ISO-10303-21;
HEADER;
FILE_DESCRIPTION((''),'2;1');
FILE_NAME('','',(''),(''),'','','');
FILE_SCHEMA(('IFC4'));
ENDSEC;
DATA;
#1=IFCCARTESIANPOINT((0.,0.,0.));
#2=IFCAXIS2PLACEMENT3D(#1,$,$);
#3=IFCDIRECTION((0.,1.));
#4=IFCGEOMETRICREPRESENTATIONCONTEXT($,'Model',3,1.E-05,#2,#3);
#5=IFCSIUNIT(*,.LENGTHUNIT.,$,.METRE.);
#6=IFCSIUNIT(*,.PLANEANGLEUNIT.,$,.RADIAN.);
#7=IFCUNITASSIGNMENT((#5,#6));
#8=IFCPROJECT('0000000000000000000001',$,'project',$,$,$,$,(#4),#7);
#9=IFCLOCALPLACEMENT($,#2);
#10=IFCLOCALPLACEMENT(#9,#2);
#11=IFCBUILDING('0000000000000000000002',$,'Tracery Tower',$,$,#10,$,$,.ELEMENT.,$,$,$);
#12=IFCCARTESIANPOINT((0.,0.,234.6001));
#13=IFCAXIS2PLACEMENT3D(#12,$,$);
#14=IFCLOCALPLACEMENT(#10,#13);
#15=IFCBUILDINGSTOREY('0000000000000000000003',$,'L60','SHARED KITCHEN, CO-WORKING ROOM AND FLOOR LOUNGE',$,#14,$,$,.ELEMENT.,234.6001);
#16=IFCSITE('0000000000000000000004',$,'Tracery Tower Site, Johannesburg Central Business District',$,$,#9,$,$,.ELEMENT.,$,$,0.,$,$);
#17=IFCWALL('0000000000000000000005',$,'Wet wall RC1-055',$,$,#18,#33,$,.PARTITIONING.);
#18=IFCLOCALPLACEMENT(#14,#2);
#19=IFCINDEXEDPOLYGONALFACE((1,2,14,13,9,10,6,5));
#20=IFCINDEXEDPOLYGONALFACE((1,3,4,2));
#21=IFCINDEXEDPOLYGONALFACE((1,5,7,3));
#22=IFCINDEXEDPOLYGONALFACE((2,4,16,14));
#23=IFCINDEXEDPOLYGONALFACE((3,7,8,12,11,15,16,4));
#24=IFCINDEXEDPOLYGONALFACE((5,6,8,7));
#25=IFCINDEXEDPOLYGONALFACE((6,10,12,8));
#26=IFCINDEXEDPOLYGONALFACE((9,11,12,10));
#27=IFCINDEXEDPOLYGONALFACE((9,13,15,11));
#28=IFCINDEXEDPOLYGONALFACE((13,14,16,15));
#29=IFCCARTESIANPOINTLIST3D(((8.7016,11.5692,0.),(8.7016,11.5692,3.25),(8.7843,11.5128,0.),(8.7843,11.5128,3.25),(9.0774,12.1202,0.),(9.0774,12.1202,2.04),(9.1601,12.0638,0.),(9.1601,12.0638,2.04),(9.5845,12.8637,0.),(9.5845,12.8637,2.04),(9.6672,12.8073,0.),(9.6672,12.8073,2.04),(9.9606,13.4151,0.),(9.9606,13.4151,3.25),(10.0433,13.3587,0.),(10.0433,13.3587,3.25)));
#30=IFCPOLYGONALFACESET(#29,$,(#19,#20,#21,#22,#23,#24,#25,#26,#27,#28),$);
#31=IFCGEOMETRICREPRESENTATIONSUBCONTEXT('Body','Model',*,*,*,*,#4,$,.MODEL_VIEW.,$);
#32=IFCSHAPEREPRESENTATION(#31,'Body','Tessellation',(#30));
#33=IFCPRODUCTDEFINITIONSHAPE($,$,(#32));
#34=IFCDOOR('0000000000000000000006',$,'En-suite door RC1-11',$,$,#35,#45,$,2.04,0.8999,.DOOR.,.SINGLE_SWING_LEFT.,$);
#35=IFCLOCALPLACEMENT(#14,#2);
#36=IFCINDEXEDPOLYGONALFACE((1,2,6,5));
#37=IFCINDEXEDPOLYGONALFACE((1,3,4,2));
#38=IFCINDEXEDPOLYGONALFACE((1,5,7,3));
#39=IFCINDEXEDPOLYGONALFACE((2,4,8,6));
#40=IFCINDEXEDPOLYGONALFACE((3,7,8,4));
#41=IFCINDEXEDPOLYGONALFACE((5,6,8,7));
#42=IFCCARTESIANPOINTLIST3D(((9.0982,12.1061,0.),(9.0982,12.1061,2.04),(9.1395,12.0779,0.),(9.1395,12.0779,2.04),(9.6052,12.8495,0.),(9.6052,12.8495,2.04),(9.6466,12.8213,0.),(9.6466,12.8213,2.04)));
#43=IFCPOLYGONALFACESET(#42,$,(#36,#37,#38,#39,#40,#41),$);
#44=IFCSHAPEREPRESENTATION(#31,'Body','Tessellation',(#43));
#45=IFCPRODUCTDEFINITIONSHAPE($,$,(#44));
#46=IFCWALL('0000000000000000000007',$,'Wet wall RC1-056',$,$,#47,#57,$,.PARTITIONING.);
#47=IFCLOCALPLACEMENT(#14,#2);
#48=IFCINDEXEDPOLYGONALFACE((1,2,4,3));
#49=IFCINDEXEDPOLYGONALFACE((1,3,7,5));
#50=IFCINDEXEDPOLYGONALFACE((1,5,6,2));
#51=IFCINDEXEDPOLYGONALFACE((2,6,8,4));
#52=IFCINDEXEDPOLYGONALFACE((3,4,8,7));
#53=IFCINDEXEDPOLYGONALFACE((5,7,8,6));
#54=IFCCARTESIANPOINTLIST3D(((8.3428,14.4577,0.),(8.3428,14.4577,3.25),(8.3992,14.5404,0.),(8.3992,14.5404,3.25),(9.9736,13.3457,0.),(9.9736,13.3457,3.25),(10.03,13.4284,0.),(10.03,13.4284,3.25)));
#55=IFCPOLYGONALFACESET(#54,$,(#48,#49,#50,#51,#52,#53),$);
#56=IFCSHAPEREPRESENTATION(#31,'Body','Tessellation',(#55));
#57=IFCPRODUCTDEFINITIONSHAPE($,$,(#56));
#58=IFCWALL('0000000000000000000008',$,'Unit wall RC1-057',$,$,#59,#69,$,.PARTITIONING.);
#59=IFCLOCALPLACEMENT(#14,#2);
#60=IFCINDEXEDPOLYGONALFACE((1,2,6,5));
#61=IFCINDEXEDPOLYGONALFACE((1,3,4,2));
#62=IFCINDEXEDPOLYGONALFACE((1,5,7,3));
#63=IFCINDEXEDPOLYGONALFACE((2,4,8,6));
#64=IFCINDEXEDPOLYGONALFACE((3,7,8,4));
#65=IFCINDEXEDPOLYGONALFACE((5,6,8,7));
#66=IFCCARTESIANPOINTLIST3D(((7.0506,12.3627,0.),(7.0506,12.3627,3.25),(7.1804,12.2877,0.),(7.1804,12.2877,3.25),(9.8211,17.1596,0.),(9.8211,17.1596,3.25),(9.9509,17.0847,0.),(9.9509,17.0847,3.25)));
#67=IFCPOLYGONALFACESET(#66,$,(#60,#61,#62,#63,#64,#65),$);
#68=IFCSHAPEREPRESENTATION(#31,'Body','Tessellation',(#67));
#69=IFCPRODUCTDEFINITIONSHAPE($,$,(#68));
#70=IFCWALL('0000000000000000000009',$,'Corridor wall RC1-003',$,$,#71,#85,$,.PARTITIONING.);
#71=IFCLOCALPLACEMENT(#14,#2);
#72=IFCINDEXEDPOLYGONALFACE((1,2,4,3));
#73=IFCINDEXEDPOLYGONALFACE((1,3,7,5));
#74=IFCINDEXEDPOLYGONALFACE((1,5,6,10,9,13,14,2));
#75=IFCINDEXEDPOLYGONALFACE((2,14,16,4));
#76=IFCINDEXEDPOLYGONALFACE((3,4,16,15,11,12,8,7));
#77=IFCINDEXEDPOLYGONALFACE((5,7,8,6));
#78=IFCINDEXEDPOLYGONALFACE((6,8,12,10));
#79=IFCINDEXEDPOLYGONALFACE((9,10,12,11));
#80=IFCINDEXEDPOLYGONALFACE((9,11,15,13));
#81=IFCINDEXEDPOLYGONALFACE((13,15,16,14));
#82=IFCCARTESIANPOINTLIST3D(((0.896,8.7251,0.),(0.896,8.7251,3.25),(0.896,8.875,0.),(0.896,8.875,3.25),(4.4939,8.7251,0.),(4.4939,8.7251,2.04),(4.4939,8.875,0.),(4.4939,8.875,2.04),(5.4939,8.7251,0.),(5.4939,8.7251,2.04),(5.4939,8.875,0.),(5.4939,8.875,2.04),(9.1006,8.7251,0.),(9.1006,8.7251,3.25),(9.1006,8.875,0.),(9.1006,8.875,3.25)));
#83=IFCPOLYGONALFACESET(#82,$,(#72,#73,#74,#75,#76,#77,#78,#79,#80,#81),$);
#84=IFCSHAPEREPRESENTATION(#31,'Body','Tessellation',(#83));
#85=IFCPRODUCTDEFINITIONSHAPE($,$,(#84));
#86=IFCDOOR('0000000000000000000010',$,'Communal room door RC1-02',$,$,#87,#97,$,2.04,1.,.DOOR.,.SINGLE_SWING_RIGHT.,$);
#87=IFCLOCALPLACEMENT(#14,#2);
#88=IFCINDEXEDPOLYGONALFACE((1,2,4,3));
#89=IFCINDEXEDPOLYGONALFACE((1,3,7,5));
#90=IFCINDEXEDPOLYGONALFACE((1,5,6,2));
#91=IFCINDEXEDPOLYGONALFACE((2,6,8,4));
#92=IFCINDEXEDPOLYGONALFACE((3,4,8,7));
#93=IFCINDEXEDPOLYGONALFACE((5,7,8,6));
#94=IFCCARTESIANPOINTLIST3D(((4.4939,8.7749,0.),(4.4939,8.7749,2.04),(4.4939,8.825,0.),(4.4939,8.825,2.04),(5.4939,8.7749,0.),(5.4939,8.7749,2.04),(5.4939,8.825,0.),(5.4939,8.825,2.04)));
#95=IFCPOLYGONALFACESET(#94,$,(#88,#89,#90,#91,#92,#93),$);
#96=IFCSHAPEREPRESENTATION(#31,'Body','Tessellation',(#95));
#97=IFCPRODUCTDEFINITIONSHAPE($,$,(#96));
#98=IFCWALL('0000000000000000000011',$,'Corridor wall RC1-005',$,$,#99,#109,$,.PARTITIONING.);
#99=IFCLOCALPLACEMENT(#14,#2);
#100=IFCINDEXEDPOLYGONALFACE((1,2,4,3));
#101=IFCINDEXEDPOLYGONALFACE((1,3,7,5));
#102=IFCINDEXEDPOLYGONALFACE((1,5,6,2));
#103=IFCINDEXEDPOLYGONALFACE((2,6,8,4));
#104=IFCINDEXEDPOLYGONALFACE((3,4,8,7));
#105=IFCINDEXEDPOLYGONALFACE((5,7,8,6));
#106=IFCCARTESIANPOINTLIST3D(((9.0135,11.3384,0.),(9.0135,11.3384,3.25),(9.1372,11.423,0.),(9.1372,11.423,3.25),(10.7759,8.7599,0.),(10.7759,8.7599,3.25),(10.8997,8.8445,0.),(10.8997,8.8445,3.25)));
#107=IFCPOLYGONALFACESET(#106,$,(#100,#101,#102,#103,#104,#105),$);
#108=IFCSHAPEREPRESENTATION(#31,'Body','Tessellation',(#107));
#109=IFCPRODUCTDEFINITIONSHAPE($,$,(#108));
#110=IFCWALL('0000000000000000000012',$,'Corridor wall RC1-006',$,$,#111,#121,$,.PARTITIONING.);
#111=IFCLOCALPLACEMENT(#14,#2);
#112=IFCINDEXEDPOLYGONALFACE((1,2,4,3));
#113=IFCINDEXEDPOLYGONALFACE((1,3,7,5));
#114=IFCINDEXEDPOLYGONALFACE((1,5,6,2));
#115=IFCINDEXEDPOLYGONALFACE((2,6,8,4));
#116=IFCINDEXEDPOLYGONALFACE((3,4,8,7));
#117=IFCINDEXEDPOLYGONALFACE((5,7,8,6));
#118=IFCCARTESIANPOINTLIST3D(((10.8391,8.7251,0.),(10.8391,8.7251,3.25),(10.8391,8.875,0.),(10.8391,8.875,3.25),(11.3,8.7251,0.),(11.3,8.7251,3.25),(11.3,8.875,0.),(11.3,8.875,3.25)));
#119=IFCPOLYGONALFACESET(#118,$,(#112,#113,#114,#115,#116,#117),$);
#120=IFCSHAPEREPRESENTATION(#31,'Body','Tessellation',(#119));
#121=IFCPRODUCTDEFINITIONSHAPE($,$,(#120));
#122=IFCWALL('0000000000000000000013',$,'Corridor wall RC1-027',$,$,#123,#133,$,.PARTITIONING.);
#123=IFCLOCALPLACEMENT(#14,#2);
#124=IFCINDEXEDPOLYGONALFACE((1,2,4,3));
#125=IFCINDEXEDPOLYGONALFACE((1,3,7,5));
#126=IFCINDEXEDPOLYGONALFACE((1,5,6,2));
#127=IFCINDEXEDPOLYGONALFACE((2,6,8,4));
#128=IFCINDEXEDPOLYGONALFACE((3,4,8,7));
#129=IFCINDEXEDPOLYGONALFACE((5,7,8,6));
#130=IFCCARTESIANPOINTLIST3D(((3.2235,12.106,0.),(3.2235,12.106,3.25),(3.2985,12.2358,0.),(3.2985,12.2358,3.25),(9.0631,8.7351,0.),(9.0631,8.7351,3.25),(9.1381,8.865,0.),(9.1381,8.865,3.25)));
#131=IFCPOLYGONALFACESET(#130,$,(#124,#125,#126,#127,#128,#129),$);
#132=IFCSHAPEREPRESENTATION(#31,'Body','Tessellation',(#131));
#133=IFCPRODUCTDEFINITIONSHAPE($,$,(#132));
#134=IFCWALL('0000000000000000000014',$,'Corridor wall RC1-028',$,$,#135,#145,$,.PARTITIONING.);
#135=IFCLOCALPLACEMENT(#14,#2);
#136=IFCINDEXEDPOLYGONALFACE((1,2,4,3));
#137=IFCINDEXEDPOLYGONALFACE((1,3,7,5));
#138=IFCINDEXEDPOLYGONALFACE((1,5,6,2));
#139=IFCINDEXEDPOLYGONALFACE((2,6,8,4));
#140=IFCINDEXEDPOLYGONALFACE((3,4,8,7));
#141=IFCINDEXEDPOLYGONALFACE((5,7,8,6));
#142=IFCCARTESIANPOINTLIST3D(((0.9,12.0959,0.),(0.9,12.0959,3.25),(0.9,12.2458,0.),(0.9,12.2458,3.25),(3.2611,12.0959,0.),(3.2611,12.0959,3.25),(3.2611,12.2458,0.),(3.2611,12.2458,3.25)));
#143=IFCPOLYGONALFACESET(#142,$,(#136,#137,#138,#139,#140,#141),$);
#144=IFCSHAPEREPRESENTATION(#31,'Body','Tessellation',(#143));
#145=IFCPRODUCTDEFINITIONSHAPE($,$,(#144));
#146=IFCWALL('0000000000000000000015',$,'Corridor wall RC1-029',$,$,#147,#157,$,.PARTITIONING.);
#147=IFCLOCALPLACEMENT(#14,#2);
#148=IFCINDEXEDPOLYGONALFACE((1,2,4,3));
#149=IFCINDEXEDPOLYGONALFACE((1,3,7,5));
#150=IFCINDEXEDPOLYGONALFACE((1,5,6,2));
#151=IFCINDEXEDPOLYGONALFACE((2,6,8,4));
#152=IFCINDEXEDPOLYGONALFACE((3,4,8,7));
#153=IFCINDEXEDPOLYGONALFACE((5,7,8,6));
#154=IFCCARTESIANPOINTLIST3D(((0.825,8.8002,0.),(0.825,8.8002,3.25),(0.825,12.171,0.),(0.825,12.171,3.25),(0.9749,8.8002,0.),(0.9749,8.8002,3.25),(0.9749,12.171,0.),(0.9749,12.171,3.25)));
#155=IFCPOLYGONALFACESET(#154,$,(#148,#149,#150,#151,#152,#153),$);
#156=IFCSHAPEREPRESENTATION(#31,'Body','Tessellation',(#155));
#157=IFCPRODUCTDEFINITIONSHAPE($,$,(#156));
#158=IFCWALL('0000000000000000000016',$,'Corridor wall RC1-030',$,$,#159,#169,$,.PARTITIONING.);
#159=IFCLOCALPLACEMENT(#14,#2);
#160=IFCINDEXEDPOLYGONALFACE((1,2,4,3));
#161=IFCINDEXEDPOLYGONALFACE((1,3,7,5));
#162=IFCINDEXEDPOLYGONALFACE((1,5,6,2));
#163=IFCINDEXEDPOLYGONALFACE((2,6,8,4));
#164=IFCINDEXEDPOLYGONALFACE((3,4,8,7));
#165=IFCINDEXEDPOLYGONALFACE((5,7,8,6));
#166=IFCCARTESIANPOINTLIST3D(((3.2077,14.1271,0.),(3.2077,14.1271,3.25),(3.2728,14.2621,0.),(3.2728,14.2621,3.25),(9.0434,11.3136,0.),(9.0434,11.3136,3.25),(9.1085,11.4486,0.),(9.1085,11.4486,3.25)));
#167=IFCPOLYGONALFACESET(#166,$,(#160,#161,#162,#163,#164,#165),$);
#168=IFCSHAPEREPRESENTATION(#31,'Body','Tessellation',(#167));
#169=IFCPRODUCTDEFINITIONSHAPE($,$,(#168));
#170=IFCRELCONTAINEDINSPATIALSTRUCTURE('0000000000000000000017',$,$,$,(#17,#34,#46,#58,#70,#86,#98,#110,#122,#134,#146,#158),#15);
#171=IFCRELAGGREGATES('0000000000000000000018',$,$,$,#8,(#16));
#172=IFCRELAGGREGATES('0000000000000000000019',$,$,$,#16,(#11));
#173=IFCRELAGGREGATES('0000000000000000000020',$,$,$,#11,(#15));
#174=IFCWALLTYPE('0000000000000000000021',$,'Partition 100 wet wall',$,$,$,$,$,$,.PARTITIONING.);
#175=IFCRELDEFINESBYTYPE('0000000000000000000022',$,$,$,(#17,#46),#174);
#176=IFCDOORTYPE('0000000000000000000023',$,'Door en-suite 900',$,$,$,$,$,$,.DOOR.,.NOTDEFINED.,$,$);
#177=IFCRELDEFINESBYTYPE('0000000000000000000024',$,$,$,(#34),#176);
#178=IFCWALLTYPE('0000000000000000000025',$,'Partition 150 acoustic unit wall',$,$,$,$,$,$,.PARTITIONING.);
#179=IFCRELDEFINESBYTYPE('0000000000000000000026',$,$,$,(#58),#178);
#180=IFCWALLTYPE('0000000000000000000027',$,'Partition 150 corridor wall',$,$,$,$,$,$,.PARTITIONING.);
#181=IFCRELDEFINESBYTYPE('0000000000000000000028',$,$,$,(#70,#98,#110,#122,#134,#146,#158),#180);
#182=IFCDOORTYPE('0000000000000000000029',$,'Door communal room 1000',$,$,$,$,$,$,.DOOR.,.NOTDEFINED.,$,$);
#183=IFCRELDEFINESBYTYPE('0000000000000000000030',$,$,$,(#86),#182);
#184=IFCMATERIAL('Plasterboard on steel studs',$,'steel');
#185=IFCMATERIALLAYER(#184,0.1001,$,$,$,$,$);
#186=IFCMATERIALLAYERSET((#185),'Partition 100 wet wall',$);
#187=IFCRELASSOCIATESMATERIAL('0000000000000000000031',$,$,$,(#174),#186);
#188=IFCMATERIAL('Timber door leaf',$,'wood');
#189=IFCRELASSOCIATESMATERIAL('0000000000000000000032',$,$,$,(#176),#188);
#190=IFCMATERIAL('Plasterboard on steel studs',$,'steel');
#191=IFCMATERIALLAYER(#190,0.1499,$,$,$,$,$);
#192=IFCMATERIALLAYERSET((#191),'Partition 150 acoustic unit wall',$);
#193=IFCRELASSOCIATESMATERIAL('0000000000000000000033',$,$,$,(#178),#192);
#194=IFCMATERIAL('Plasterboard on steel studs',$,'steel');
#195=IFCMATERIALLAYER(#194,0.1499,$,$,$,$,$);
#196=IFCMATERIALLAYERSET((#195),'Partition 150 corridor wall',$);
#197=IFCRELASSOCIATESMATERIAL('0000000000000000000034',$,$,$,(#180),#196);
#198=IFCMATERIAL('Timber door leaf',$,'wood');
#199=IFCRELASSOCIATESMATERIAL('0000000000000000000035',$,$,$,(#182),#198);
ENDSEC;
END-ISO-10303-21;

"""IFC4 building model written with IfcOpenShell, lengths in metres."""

from ifc_helpers import new_model, si_unit, direction, frame, frame_2d, origin, place, context, subcontext, project, spatial, rectangle, extrude, material, layer, layer_set, type_object, element, fill, save


model = new_model("IFC4")

# Units and contexts
model_context = context("Model", 3, precision=1e-05, world=origin(), true_north=direction((0.0, 1.0)))
body_context = subcontext(model_context, "Body", "Model", "MODEL_VIEW")
ifc_project = project(units=[si_unit("LENGTHUNIT", "METRE"), si_unit("PLANEANGLEUNIT", "RADIAN")], contexts=[model_context])

# Site, building, storey
site_placement = place(None, origin())
site = spatial("IfcSite", under=ifc_project, at=site_placement, Name="Tracery Tower Site, Johannesburg Central Business District", CompositionType="ELEMENT", RefElevation=0.0)
building_placement = place(site_placement, origin())
building = spatial("IfcBuilding", under=site, at=building_placement, Name="Tracery Tower", CompositionType="ELEMENT")
storey_placement = place(building_placement, frame((0.0, 0.0, 234.6001)))
storey = spatial("IfcBuildingStorey", under=building, at=storey_placement, Name="L60", Description="SHARED KITCHEN, CO-WORKING ROOM AND FLOOR LOUNGE", CompositionType="ELEMENT", Elevation=234.6001)

# Wall, opening, door
ifc_material_1 = material(Name="Plasterboard on steel studs", Category="steel")
ifc_layer_1 = layer(ifc_material_1, 0.1001)
ifc_layer_set_1 = layer_set([ifc_layer_1], Name="Partition 100 wet wall")
wall_type_1 = type_object("IfcWallType", Name="Partition 100 wet wall", PredefinedType="PARTITIONING", material=ifc_layer_set_1)
wall_1_placement = place(storey_placement, frame((8.7429, 11.541, 0.0), z_axis=(0.0, 0.0, 1.0), x_axis=(0.563469, 0.826137, 0.0)))
wall_1 = element("IfcWall", 1, at=wall_1_placement, inside=storey, type_object=wall_type_1, Name="Wet wall RC1-055", PredefinedType="PARTITIONING", context=body_context, shape_type="SweptSolid", body=[
    extrude(rectangle(XDim=2.2344, YDim=0.1001, at=frame_2d((1.1172, 0.0))), origin(), (0.0, 0.0, 1.0), 3.25),
])
opening_1_placement = place(wall_1_placement, frame((0.667, 0.0, 0.0)))
opening_1 = element("IfcOpeningElement", 2, at=opening_1_placement, cuts=wall_1, PredefinedType="OPENING", context=body_context, shape_type="SweptSolid", body=[
    extrude(rectangle(XDim=0.8999, YDim=2.04, at=frame_2d((0.45, 1.02))), frame((0.0, 0.05, 0.0), z_axis=(0.0, -1.0, 0.0), x_axis=(1.0, 0.0, 0.0)), (0.0, 0.0, 1.0), 0.1001),
])
ifc_material_2 = material(Name="Timber door leaf", Category="wood")
door_type_1 = type_object("IfcDoorType", Name="Door en-suite 900", OperationType="NOTDEFINED", PredefinedType="DOOR", material=ifc_material_2)
door_1_placement = place(opening_1_placement, origin())
door_1 = element("IfcDoor", 3, at=door_1_placement, inside=storey, type_object=door_type_1, Name="En-suite door RC1-11", OperationType="SINGLE_SWING_LEFT", OverallHeight=2.04, OverallWidth=0.8999, PredefinedType="DOOR", context=body_context, shape_type="SweptSolid", body=[
    extrude(rectangle(XDim=0.8999, YDim=2.04, at=frame_2d((0.45, 1.02))), frame((0.0, 0.0249, 0.0), z_axis=(0.0, -1.0, 0.0), x_axis=(1.0, 0.0, 0.0)), (0.0, 0.0, 1.0), 0.05),
])
fill(opening_1, door_1)

# Walls
wall_2_placement = place(storey_placement, frame((8.3711, 14.499, 0.0), z_axis=(0.0, 0.0, 1.0), x_axis=(0.826201, -0.563375, 0.0)))
element("IfcWall", 4, at=wall_2_placement, inside=storey, type_object=wall_type_1, Name="Wet wall RC1-056", PredefinedType="PARTITIONING", context=body_context, shape_type="SweptSolid", body=[
    extrude(rectangle(XDim=1.9739, YDim=0.1001, at=frame_2d((0.9868, 0.0))), origin(), (0.0, 0.0, 1.0), 3.25),
])
ifc_material_3 = material(Name="Plasterboard on steel studs", Category="steel")
ifc_layer_2 = layer(ifc_material_3, 0.1499)
ifc_layer_set_2 = layer_set([ifc_layer_2], Name="Partition 150 acoustic unit wall")
wall_type_2 = type_object("IfcWallType", Name="Partition 150 acoustic unit wall", PredefinedType="PARTITIONING", material=ifc_layer_set_2)
wall_3_placement = place(storey_placement, frame((7.1155, 12.3252, 0.0), z_axis=(0.0, 0.0, 1.0), x_axis=(0.50014, 0.865945, 0.0)))
element("IfcWall", 5, at=wall_3_placement, inside=storey, type_object=wall_type_2, Name="Unit wall RC1-057", PredefinedType="PARTITIONING", context=body_context, shape_type="SweptSolid", body=[
    extrude(rectangle(XDim=5.5396, YDim=0.1499, at=frame_2d((2.7698, 0.0))), origin(), (0.0, 0.0, 1.0), 3.25),
])

# Wall, opening, door
ifc_material_4 = material(Name="Plasterboard on steel studs", Category="steel")
ifc_layer_3 = layer(ifc_material_4, 0.1499)
ifc_layer_set_3 = layer_set([ifc_layer_3], Name="Partition 150 corridor wall")
wall_type_3 = type_object("IfcWallType", Name="Partition 150 corridor wall", PredefinedType="PARTITIONING", material=ifc_layer_set_3)
wall_4_placement = place(storey_placement, frame((0.896, 8.8, 0.0), z_axis=(0.0, 0.0, 1.0), x_axis=(1.0, 0.0, 0.0)))
wall_4 = element("IfcWall", 6, at=wall_4_placement, inside=storey, type_object=wall_type_3, Name="Corridor wall RC1-003", PredefinedType="PARTITIONING", context=body_context, shape_type="SweptSolid", body=[
    extrude(rectangle(XDim=8.2046, YDim=0.1499, at=frame_2d((4.1023, 0.0))), origin(), (0.0, 0.0, 1.0), 3.25),
])
opening_2_placement = place(wall_4_placement, frame((3.5979, 0.0, 0.0)))
opening_2 = element("IfcOpeningElement", 7, at=opening_2_placement, cuts=wall_4, PredefinedType="OPENING", context=body_context, shape_type="SweptSolid", body=[
    extrude(rectangle(XDim=1.0, YDim=2.04, at=frame_2d((0.5, 1.02))), frame((0.0, 0.075, 0.0), z_axis=(0.0, -1.0, 0.0), x_axis=(1.0, 0.0, 0.0)), (0.0, 0.0, 1.0), 0.1499),
])
ifc_material_5 = material(Name="Timber door leaf", Category="wood")
door_type_2 = type_object("IfcDoorType", Name="Door communal room 1000", OperationType="NOTDEFINED", PredefinedType="DOOR", material=ifc_material_5)
door_2_placement = place(opening_2_placement, origin())
door_2 = element("IfcDoor", 8, at=door_2_placement, inside=storey, type_object=door_type_2, Name="Communal room door RC1-02", OperationType="SINGLE_SWING_RIGHT", OverallHeight=2.04, OverallWidth=1.0, PredefinedType="DOOR", context=body_context, shape_type="SweptSolid", body=[
    extrude(rectangle(XDim=1.0, YDim=2.04, at=frame_2d((0.5, 1.02))), frame((0.0, 0.0249, 0.0), z_axis=(0.0, -1.0, 0.0), x_axis=(1.0, 0.0, 0.0)), (0.0, 0.0, 1.0), 0.05),
])
fill(opening_2, door_2)

# Walls
wall_5_placement = place(storey_placement, frame((9.0754, 11.3806, 0.0), z_axis=(0.0, 0.0, 1.0), x_axis=(0.564278, -0.825585, 0.0)))
element("IfcWall", 9, at=wall_5_placement, inside=storey, type_object=wall_type_3, Name="Corridor wall RC1-005", PredefinedType="PARTITIONING", context=body_context, shape_type="SweptSolid", body=[
    extrude(rectangle(XDim=3.1233, YDim=0.1499, at=frame_2d((1.5615, 0.0))), origin(), (0.0, 0.0, 1.0), 3.25),
])
wall_6_placement = place(storey_placement, frame((10.8391, 8.8, 0.0), z_axis=(0.0, 0.0, 1.0), x_axis=(1.0, 0.0, 0.0)))
element("IfcWall", 10, at=wall_6_placement, inside=storey, type_object=wall_type_3, Name="Corridor wall RC1-006", PredefinedType="PARTITIONING", context=body_context, shape_type="SweptSolid", body=[
    extrude(rectangle(XDim=0.4609, YDim=0.1499, at=frame_2d((0.2305, 0.0))), origin(), (0.0, 0.0, 1.0), 3.25),
])
wall_7_placement = place(storey_placement, frame((3.261, 12.1709, 0.0), z_axis=(0.0, 0.0, 1.0), x_axis=(0.866067, -0.499928, 0.0)))
element("IfcWall", 11, at=wall_7_placement, inside=storey, type_object=wall_type_3, Name="Corridor wall RC1-027", PredefinedType="PARTITIONING", context=body_context, shape_type="SweptSolid", body=[
    extrude(rectangle(XDim=6.7427, YDim=0.1499, at=frame_2d((3.3713, 0.0))), origin(), (0.0, 0.0, 1.0), 3.25),
])
wall_8_placement = place(storey_placement, frame((0.8999, 12.1709, 0.0), z_axis=(0.0, 0.0, 1.0), x_axis=(1.0, 0.0, 0.0)))
element("IfcWall", 12, at=wall_8_placement, inside=storey, type_object=wall_type_3, Name="Corridor wall RC1-028", PredefinedType="PARTITIONING", context=body_context, shape_type="SweptSolid", body=[
    extrude(rectangle(XDim=2.3611, YDim=0.1499, at=frame_2d((1.1807, 0.0))), origin(), (0.0, 0.0, 1.0), 3.25),
])
wall_9_placement = place(storey_placement, frame((0.8999, 8.8, 0.0), z_axis=(0.0, 0.0, 1.0), x_axis=(0.0, 1.0, 0.0)))
element("IfcWall", 13, at=wall_9_placement, inside=storey, type_object=wall_type_3, Name="Corridor wall RC1-029", PredefinedType="PARTITIONING", context=body_context, shape_type="SweptSolid", body=[
    extrude(rectangle(XDim=3.3708, YDim=0.1499, at=frame_2d((1.6855, 0.0))), origin(), (0.0, 0.0, 1.0), 3.25),
])
wall_10_placement = place(storey_placement, frame((3.2402, 14.1946, 0.0), z_axis=(0.0, 0.0, 1.0), x_axis=(0.900778, -0.434279, 0.0)))
element("IfcWall", 14, at=wall_10_placement, inside=storey, type_object=wall_type_3, Name="Corridor wall RC1-030", PredefinedType="PARTITIONING", context=body_context, shape_type="SweptSolid", body=[
    extrude(rectangle(XDim=6.4785, YDim=0.1499, at=frame_2d((3.2393, 0.0))), origin(), (0.0, 0.0, 1.0), 3.25),
])

save(model, "model.ifc")
